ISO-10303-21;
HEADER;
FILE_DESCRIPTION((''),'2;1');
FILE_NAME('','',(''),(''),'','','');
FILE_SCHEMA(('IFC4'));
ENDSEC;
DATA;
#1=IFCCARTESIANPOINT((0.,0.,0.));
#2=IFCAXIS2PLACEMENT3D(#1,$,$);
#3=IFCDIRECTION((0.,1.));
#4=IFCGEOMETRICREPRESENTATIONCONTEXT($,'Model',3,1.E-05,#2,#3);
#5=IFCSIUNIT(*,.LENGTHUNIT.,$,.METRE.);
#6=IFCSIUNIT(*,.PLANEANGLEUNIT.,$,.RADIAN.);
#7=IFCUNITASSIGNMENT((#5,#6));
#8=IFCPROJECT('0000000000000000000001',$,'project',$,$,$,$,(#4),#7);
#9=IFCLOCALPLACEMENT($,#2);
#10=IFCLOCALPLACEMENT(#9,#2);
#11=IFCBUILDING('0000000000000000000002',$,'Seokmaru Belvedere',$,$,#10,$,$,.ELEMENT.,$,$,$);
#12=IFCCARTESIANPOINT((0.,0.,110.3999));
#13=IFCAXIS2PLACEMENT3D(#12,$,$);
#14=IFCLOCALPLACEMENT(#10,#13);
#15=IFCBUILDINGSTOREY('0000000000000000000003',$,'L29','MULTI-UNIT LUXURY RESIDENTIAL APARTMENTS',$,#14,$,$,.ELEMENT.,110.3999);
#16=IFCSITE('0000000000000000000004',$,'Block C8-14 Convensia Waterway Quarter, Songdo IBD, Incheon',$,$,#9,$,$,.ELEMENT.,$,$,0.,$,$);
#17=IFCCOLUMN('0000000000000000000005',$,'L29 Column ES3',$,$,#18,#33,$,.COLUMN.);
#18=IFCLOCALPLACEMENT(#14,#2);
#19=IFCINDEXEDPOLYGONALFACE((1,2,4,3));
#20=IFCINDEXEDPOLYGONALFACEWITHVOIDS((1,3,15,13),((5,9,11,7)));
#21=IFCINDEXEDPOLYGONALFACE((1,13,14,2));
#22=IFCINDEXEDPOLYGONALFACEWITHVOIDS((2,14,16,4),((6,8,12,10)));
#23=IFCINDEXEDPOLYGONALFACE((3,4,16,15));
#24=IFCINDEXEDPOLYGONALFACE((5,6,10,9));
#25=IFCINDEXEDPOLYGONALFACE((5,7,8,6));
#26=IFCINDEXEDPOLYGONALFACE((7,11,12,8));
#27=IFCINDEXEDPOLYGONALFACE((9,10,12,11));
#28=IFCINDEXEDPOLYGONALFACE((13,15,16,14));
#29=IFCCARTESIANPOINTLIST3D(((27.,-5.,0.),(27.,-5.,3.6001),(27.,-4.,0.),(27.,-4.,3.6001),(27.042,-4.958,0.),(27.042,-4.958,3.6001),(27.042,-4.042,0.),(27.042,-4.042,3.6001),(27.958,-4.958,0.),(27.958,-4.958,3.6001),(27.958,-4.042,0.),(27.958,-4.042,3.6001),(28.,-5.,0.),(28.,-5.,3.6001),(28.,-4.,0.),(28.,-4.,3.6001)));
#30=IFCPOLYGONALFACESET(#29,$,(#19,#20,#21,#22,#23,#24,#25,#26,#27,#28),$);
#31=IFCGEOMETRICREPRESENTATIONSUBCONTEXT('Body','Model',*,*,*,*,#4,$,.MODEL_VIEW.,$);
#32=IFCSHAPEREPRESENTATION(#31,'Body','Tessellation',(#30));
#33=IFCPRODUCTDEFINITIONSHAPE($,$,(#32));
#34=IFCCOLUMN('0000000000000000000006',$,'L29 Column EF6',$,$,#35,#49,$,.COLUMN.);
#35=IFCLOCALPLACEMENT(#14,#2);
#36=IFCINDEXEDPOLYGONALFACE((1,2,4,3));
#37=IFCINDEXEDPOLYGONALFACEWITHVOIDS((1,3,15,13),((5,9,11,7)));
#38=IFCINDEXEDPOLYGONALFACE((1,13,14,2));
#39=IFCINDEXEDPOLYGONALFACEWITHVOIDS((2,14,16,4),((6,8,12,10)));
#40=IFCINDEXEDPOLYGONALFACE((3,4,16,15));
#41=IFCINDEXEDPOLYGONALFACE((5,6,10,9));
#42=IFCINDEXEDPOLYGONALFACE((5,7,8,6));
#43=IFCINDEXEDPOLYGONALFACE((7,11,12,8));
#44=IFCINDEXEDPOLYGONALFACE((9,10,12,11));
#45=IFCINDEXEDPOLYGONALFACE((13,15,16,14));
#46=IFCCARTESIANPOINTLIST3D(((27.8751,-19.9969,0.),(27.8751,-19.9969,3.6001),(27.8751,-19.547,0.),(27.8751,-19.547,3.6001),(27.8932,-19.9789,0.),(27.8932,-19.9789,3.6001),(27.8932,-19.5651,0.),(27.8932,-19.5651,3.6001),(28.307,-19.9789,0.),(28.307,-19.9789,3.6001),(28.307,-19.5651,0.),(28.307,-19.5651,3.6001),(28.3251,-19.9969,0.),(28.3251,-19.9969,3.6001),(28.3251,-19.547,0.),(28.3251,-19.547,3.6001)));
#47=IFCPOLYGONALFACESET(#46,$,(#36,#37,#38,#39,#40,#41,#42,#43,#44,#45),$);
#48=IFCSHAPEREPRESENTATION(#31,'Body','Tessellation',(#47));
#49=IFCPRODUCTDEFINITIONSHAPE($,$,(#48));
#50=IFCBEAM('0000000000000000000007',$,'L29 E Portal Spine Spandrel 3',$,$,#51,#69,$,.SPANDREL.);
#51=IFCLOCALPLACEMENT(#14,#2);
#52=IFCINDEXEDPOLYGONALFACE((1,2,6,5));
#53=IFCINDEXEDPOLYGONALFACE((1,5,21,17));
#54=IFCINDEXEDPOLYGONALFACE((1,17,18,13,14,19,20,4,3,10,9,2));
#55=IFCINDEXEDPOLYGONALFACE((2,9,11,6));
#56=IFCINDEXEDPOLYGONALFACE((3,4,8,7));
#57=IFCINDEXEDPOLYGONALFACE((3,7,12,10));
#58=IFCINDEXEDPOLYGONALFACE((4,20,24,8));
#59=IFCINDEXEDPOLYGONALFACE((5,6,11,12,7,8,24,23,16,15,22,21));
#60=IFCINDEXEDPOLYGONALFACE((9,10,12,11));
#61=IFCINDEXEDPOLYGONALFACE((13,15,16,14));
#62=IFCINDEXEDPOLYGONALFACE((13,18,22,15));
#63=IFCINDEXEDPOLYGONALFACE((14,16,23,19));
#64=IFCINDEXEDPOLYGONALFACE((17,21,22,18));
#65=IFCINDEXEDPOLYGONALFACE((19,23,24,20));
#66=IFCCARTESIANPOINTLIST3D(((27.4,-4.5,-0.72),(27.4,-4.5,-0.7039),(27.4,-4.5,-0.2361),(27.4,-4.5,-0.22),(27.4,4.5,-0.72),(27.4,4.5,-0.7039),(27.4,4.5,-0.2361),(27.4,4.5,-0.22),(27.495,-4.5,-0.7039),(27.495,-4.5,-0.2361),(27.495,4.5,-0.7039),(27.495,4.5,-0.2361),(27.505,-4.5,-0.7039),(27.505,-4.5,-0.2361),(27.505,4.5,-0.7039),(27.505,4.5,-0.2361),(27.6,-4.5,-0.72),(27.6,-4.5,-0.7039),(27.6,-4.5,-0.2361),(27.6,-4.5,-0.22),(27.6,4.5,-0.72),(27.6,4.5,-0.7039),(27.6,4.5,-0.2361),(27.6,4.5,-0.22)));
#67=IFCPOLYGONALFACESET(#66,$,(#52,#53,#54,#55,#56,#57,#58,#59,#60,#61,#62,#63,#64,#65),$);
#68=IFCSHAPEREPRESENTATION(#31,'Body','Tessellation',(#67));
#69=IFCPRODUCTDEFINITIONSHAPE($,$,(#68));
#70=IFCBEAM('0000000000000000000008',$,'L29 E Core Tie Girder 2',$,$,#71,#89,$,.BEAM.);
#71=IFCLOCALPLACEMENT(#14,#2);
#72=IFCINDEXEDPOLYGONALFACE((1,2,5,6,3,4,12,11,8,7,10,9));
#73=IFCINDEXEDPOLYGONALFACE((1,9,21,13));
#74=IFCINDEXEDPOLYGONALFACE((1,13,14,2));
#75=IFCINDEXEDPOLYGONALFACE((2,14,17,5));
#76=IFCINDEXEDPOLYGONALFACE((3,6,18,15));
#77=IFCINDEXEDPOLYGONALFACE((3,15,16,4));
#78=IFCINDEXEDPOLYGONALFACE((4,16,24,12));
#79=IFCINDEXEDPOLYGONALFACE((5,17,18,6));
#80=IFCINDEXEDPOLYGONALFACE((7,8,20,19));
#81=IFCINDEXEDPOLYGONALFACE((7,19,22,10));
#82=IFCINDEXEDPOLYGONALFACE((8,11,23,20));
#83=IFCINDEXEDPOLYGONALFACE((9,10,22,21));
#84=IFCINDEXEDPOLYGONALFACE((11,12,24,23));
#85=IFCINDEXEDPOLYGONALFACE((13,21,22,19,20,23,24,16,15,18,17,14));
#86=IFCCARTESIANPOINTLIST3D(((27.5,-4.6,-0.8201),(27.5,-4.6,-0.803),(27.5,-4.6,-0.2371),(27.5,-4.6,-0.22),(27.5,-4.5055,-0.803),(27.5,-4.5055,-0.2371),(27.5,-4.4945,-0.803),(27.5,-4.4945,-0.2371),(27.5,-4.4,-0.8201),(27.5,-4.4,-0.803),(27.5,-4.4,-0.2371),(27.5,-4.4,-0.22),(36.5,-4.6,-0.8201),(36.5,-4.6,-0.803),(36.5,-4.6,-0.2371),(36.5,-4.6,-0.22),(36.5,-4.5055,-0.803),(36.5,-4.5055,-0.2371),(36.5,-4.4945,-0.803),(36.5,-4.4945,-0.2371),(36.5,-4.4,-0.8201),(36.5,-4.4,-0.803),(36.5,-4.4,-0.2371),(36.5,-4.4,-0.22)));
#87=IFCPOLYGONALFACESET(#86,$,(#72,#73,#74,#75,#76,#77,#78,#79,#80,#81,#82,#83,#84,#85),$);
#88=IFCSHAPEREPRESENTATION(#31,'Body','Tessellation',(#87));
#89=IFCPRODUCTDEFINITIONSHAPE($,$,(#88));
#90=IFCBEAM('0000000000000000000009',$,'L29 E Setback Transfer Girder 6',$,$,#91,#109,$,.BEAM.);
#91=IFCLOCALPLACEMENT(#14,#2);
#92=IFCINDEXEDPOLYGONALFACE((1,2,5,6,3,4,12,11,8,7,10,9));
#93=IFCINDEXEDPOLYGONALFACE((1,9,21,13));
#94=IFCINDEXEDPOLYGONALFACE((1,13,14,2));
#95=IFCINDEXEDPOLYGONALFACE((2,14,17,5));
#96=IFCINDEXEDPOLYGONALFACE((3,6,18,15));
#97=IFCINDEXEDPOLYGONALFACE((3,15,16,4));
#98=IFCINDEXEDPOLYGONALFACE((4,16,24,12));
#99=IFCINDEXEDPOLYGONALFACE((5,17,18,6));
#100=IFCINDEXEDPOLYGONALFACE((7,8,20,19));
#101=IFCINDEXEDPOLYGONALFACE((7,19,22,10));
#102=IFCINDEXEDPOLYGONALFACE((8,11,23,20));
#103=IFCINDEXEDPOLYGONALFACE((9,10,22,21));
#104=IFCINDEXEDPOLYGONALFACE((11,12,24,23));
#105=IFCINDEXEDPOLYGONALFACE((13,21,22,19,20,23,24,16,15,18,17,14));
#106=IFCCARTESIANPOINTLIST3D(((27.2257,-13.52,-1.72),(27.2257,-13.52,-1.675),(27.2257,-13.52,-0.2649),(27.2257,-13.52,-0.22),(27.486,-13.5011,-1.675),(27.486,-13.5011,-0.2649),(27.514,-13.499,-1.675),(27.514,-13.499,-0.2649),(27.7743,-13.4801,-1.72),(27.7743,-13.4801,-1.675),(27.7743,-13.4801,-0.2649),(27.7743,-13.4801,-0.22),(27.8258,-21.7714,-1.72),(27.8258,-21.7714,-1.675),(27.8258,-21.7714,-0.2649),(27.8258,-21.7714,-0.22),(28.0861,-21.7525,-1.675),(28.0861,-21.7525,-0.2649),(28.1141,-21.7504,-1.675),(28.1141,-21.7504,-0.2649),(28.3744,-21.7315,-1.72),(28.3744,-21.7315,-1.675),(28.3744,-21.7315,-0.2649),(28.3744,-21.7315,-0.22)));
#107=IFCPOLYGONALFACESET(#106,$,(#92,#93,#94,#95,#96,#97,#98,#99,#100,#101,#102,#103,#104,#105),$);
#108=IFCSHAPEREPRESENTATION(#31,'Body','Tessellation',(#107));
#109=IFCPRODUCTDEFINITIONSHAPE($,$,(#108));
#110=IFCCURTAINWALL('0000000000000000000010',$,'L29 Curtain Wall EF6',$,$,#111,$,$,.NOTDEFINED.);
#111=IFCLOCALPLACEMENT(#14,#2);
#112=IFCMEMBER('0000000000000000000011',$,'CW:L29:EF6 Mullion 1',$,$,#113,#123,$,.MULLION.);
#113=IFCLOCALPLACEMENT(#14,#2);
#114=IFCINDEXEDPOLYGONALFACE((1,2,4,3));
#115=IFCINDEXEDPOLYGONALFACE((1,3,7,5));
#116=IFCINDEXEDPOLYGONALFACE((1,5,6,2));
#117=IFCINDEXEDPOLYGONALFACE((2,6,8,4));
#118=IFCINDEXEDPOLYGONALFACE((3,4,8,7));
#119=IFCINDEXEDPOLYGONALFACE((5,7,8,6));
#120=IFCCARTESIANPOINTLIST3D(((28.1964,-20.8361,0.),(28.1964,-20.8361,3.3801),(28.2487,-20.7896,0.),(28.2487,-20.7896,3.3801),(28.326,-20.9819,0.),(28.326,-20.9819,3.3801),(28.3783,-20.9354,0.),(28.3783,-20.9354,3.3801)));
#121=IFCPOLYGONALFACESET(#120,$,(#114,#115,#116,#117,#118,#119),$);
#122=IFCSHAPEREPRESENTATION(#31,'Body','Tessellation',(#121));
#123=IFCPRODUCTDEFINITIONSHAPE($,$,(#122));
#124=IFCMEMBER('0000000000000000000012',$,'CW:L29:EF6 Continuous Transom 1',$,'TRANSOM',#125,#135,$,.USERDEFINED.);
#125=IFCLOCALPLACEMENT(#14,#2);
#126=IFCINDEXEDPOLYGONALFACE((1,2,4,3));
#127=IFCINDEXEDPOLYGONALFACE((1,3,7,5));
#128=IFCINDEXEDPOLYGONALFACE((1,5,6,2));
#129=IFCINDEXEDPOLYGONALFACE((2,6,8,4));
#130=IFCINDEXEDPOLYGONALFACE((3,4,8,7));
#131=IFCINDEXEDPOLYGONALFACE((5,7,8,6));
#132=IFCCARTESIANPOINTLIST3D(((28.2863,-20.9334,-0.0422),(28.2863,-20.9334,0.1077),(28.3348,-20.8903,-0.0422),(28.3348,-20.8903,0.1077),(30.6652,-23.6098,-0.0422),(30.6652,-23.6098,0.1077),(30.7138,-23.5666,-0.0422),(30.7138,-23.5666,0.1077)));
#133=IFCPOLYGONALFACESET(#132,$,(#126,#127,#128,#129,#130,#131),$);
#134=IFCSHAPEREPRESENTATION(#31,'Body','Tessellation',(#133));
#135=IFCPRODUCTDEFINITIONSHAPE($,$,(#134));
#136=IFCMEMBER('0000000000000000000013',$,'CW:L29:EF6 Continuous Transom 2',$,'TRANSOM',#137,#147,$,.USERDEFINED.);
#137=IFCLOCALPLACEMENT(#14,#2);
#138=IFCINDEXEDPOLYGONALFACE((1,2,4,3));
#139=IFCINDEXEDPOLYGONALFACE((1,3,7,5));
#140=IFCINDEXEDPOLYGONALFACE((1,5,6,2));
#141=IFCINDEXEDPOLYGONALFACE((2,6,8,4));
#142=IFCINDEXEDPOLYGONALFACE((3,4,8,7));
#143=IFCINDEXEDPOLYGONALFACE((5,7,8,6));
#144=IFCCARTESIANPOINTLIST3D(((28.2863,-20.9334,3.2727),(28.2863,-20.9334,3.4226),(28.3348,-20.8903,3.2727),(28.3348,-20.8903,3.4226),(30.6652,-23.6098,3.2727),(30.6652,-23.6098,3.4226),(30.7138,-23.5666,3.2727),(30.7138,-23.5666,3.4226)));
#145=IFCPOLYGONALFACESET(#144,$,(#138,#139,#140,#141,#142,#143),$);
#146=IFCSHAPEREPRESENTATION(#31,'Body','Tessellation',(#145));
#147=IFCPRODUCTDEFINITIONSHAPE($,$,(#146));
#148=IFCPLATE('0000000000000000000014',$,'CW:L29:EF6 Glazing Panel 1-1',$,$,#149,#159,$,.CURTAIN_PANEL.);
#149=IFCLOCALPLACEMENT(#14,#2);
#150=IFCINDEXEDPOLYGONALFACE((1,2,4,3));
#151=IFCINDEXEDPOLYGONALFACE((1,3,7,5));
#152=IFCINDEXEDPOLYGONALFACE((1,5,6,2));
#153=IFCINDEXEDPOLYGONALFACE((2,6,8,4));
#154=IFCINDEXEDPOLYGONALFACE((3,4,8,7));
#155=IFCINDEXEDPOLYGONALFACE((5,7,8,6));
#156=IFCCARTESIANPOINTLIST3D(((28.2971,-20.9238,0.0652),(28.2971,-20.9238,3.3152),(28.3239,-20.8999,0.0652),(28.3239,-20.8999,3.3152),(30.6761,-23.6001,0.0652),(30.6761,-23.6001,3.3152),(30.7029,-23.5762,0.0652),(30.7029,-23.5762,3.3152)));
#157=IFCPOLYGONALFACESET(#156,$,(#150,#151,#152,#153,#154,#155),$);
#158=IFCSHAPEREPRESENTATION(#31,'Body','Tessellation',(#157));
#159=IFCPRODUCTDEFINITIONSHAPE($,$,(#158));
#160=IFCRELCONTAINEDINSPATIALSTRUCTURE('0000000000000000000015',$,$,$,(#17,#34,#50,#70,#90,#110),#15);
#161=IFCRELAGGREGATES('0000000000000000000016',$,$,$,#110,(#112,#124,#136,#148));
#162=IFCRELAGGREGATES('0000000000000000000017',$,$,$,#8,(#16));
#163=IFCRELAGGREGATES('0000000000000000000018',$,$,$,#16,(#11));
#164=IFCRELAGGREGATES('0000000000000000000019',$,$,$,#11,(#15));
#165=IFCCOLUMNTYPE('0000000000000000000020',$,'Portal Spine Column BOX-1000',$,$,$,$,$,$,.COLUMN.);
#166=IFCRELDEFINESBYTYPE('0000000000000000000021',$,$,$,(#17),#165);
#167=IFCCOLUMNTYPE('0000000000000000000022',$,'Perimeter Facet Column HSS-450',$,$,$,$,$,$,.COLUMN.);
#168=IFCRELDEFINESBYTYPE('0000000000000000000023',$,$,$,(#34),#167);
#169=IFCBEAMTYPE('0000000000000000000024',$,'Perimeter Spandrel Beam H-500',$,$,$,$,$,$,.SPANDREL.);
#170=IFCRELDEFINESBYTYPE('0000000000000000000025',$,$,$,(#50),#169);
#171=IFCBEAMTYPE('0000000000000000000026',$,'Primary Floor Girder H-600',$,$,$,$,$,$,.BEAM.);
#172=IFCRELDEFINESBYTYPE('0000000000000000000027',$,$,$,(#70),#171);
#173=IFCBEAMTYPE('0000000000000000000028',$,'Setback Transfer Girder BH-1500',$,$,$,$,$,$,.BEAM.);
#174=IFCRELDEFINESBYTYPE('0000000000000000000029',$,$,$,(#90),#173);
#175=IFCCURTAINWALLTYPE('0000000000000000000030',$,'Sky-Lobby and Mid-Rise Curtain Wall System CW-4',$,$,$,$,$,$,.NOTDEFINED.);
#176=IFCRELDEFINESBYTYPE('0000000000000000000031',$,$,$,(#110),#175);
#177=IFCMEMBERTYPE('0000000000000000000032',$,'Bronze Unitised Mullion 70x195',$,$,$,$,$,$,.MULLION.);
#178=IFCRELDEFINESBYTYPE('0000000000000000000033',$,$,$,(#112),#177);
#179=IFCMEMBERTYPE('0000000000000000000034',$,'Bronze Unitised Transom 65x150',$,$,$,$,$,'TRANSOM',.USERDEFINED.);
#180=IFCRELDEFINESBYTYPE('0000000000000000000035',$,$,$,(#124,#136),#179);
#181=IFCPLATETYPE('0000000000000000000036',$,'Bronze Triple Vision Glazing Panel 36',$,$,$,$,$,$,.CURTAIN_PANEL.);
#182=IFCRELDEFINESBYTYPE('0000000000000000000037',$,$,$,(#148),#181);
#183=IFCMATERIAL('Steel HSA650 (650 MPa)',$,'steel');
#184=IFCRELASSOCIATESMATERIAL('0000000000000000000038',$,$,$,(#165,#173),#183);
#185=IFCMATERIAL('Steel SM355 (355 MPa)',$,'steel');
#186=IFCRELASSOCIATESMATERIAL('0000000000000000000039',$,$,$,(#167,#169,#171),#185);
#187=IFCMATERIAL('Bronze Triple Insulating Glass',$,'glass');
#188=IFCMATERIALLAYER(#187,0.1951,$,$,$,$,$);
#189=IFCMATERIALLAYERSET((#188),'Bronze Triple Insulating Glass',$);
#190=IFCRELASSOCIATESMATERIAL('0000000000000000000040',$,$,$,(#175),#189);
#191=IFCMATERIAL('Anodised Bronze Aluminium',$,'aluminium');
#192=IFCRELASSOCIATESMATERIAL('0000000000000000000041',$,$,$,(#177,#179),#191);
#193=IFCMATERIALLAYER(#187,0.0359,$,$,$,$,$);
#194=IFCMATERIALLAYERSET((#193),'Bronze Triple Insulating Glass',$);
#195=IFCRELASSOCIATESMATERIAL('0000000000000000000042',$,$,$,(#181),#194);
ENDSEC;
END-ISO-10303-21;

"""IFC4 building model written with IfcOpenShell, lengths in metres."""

from ifc_helpers import new_model, si_unit, direction, frame, origin, origin_2d, place, context, subcontext, project, spatial, rectangle, hollow_rectangle, i_section, extrude, source, transform, mapped, material, layer, layer_set, material_profile, profile_set, type_object, type_shapes, element, aggregate, save


model = new_model("IFC4")

# Units and contexts
model_context = context("Model", 3, precision=1e-05, world=origin(), true_north=direction((0.0, 1.0)))
body_context = subcontext(model_context, "Body", "Model", "MODEL_VIEW")
ifc_project = project(units=[si_unit("LENGTHUNIT", "METRE"), si_unit("PLANEANGLEUNIT", "RADIAN")], contexts=[model_context])

# Site, building, storey
site_placement = place(None, origin())
site = spatial("IfcSite", under=ifc_project, at=site_placement, Name="Block C8-14 Convensia Waterway Quarter, Songdo IBD, Incheon", CompositionType="ELEMENT", RefElevation=0.0)
building_placement = place(site_placement, origin())
building = spatial("IfcBuilding", under=site, at=building_placement, Name="Seokmaru Belvedere", CompositionType="ELEMENT")
storey_placement = place(building_placement, frame((0.0, 0.0, 110.3999)))
storey = spatial("IfcBuildingStorey", under=building, at=storey_placement, Name="L29", Description="MULTI-UNIT LUXURY RESIDENTIAL APARTMENTS", CompositionType="ELEMENT", Elevation=110.3999)

# Columns
ifc_material_1 = material(Name="Steel HSA650 (650 MPa)", Category="steel")
ifc_material_profile_1 = material_profile(ifc_material_1, hollow_rectangle(XDim=1.0, YDim=1.0, WallThickness=0.042, at=origin_2d()), Name="BOX-1000x1000x42")
ifc_profile_set_1 = profile_set([ifc_material_profile_1], Name="Steel HSA650 (650 MPa)")
column_type_1 = type_object("IfcColumnType", Name="Portal Spine Column BOX-1000", PredefinedType="COLUMN", material=ifc_profile_set_1)
shared_shape_1 = source(origin(), body_context, "Body", "SweptSolid", [
    extrude(hollow_rectangle(XDim=1.0, YDim=1.0, WallThickness=0.042, at=origin_2d()), origin(), (0.0, 0.0, 1.0), 3.6001),
])
type_shapes(column_type_1, [shared_shape_1])
column_1_placement = place(storey_placement, frame((27.5, -4.5, 0.0), z_axis=(0.0, 0.0, 1.0), x_axis=(1.0, 0.0, 0.0)))
element("IfcColumn", 1, at=column_1_placement, inside=storey, type_object=column_type_1, Name="L29 Column ES3", PredefinedType="COLUMN", context=body_context, shape_type="MappedRepresentation", body=[
    mapped(shared_shape_1, transform((0.0, 0.0, 0.0), scale=1.0)),
])
ifc_material_2 = material(Name="Steel SM355 (355 MPa)", Category="steel")
ifc_material_profile_2 = material_profile(ifc_material_2, hollow_rectangle(XDim=0.45, YDim=0.45, WallThickness=0.0181, at=origin_2d()), Name="HSS-450x450x18")
ifc_profile_set_2 = profile_set([ifc_material_profile_2], Name="Steel SM355 (355 MPa)")
column_type_2 = type_object("IfcColumnType", Name="Perimeter Facet Column HSS-450", PredefinedType="COLUMN", material=ifc_profile_set_2)
shared_shape_2 = source(origin(), body_context, "Body", "SweptSolid", [
    extrude(hollow_rectangle(XDim=0.45, YDim=0.45, WallThickness=0.0181, at=origin_2d()), origin(), (0.0, 0.0, 1.0), 3.6001),
])
type_shapes(column_type_2, [shared_shape_2])
column_2_placement = place(storey_placement, frame((28.1001, -19.772, 0.0), z_axis=(0.0, 0.0, 1.0), x_axis=(1.0, 0.0, 0.0)))
element("IfcColumn", 2, at=column_2_placement, inside=storey, type_object=column_type_2, Name="L29 Column EF6", PredefinedType="COLUMN", context=body_context, shape_type="MappedRepresentation", body=[
    mapped(shared_shape_2, transform((0.0, 0.0, 0.0), scale=1.0)),
])

# Beams
ifc_material_profile_3 = material_profile(ifc_material_2, i_section(OverallWidth=0.2, OverallDepth=0.5, WebThickness=0.01, FlangeThickness=0.0161, at=origin_2d()), Name="H-500x200x10x16")
ifc_profile_set_3 = profile_set([ifc_material_profile_3], Name="Steel SM355 (355 MPa)")
beam_type_1 = type_object("IfcBeamType", Name="Perimeter Spandrel Beam H-500", PredefinedType="SPANDREL", material=ifc_profile_set_3)
shared_shape_3 = source(origin(), body_context, "Body", "SweptSolid", [
    extrude(i_section(OverallWidth=0.2, OverallDepth=0.5, WebThickness=0.01, FlangeThickness=0.0161, at=origin_2d()), origin(), (0.0, 0.0, 1.0), 9.0),
])
type_shapes(beam_type_1, [shared_shape_3])
beam_1_placement = place(storey_placement, frame((27.5, -4.5, -0.47), z_axis=(0.0, 1.0, 0.0), x_axis=(-1.0, 0.0, 0.0)))
element("IfcBeam", 3, at=beam_1_placement, inside=storey, type_object=beam_type_1, Name="L29 E Portal Spine Spandrel 3", PredefinedType="SPANDREL", context=body_context, shape_type="MappedRepresentation", body=[
    mapped(shared_shape_3, transform((0.0, 0.0, 0.0), scale=1.0)),
])
ifc_material_profile_4 = material_profile(ifc_material_2, i_section(OverallWidth=0.2, OverallDepth=0.6001, WebThickness=0.011, FlangeThickness=0.0171, at=origin_2d()), Name="H-600x200x11x17")
ifc_profile_set_4 = profile_set([ifc_material_profile_4], Name="Steel SM355 (355 MPa)")
beam_type_2 = type_object("IfcBeamType", Name="Primary Floor Girder H-600", PredefinedType="BEAM", material=ifc_profile_set_4)
shared_shape_4 = source(origin(), body_context, "Body", "SweptSolid", [
    extrude(i_section(OverallWidth=0.2, OverallDepth=0.6001, WebThickness=0.011, FlangeThickness=0.0171, at=origin_2d()), origin(), (0.0, 0.0, 1.0), 9.0),
])
type_shapes(beam_type_2, [shared_shape_4])
beam_2_placement = place(storey_placement, frame((27.5, -4.5, -0.52), z_axis=(1.0, 0.0, 0.0), x_axis=(0.0, 1.0, 0.0)))
element("IfcBeam", 4, at=beam_2_placement, inside=storey, type_object=beam_type_2, Name="L29 E Core Tie Girder 2", PredefinedType="BEAM", context=body_context, shape_type="MappedRepresentation", body=[
    mapped(shared_shape_4, transform((0.0, 0.0, 0.0), scale=1.0)),
])
ifc_material_profile_5 = material_profile(ifc_material_1, i_section(OverallWidth=0.55, OverallDepth=1.5, WebThickness=0.0281, FlangeThickness=0.0449, at=origin_2d()), Name="BH-1500x550x28x45")
ifc_profile_set_5 = profile_set([ifc_material_profile_5], Name="Steel HSA650 (650 MPa)")
beam_type_3 = type_object("IfcBeamType", Name="Setback Transfer Girder BH-1500", PredefinedType="BEAM", material=ifc_profile_set_5)
shared_shape_5 = source(origin(), body_context, "Body", "SweptSolid", [
    extrude(i_section(OverallWidth=0.55, OverallDepth=1.5, WebThickness=0.0281, FlangeThickness=0.0449, at=origin_2d()), origin(), (0.0, 0.0, 1.0), 8.2732),
])
type_shapes(beam_type_3, [shared_shape_5])
beam_3_placement = place(storey_placement, frame((28.1001, -21.7515, -0.97), z_axis=(-0.072535, 0.997366, 0.0), x_axis=(-0.997366, -0.072535, 0.0)))
element("IfcBeam", 5, at=beam_3_placement, inside=storey, type_object=beam_type_3, Name="L29 E Setback Transfer Girder 6", PredefinedType="BEAM", context=body_context, shape_type="MappedRepresentation", body=[
    mapped(shared_shape_5, transform((0.0, 0.0, 0.0), scale=1.0)),
])

# Curtain wall, members, plate
ifc_material_3 = material(Name="Bronze Triple Insulating Glass", Category="glass")
ifc_layer_1 = layer(ifc_material_3, 0.1951)
ifc_layer_set_1 = layer_set([ifc_layer_1], Name="Bronze Triple Insulating Glass")
curtain_wall_type = type_object("IfcCurtainWallType", Name="Sky-Lobby and Mid-Rise Curtain Wall System CW-4", PredefinedType="NOTDEFINED", material=ifc_layer_set_1)
curtain_wall_placement = place(storey_placement, origin())
curtain_wall = element("IfcCurtainWall", 6, at=curtain_wall_placement, inside=storey, type_object=curtain_wall_type, Name="L29 Curtain Wall EF6", PredefinedType="NOTDEFINED")
ifc_material_4 = material(Name="Anodised Bronze Aluminium", Category="aluminium")
ifc_material_profile_6 = material_profile(ifc_material_4, rectangle(XDim=0.0701, YDim=0.1951, at=origin_2d()), Name="CW-M-70x195")
ifc_profile_set_6 = profile_set([ifc_material_profile_6], Name="Anodised Bronze Aluminium")
member_type_1 = type_object("IfcMemberType", Name="Bronze Unitised Mullion 70x195", PredefinedType="MULLION", material=ifc_profile_set_6)
shared_shape_6 = source(origin(), body_context, "Body", "SweptSolid", [
    extrude(rectangle(XDim=0.0701, YDim=0.1951, at=origin_2d()), origin(), (0.0, 0.0, 1.0), 3.3801),
])
type_shapes(member_type_1, [shared_shape_6])
member_1_placement = place(storey_placement, frame((28.2874, -20.8857, 0.0), z_axis=(0.0, 0.0, 1.0), x_axis=(0.74741, 0.664363, 0.0)))
member_1 = element("IfcMember", 7, at=member_1_placement, type_object=member_type_1, Name="CW:L29:EF6 Mullion 1", PredefinedType="MULLION", context=body_context, shape_type="MappedRepresentation", body=[
    mapped(shared_shape_6, transform((0.0, 0.0, 0.0), scale=1.0)),
])
ifc_material_profile_7 = material_profile(ifc_material_4, rectangle(XDim=0.0649, YDim=0.1499, at=origin_2d()), Name="CW-T-65x150")
ifc_profile_set_7 = profile_set([ifc_material_profile_7], Name="Anodised Bronze Aluminium")
member_type_2 = type_object("IfcMemberType", Name="Bronze Unitised Transom 65x150", ElementType="TRANSOM", PredefinedType="USERDEFINED", material=ifc_profile_set_7)
shared_shape_7 = source(origin(), body_context, "Body", "SweptSolid", [
    extrude(rectangle(XDim=0.0649, YDim=0.1499, at=origin_2d()), origin(), (0.0, 0.0, 1.0), 3.5808),
])
type_shapes(member_type_2, [shared_shape_7])
member_2_placement = place(storey_placement, frame((28.3105, -20.9119, 0.0327), z_axis=(0.664364, -0.747409, 0.0), x_axis=(0.747409, 0.664364, 0.0)))
member_2 = element("IfcMember", 8, at=member_2_placement, type_object=member_type_2, Name="CW:L29:EF6 Continuous Transom 1", ObjectType="TRANSOM", PredefinedType="USERDEFINED", context=body_context, shape_type="MappedRepresentation", body=[
    mapped(shared_shape_7, transform((0.0, 0.0, 0.0), scale=1.0)),
])
member_3_placement = place(storey_placement, frame((28.3105, -20.9119, 3.3477), z_axis=(0.664364, -0.747409, 0.0), x_axis=(0.747409, 0.664364, 0.0)))
member_3 = element("IfcMember", 9, at=member_3_placement, type_object=member_type_2, Name="CW:L29:EF6 Continuous Transom 2", ObjectType="TRANSOM", PredefinedType="USERDEFINED", context=body_context, shape_type="MappedRepresentation", body=[
    mapped(shared_shape_7, transform((0.0, 0.0, 0.0), scale=1.0)),
])
ifc_layer_2 = layer(ifc_material_3, 0.0359)
ifc_layer_set_2 = layer_set([ifc_layer_2], Name="Bronze Triple Insulating Glass")
plate_type = type_object("IfcPlateType", Name="Bronze Triple Vision Glazing Panel 36", PredefinedType="CURTAIN_PANEL", material=ifc_layer_set_2)
shared_shape_8 = source(origin(), body_context, "Body", "SweptSolid", [
    extrude(rectangle(XDim=3.5808, YDim=0.0359, at=origin_2d()), origin(), (0.0, 0.0, 1.0), 3.25),
])
type_shapes(plate_type, [shared_shape_8])
plate_placement = place(storey_placement, frame((29.5, -22.25, 0.0652), z_axis=(0.0, 0.0, 1.0), x_axis=(0.664363, -0.74741, 0.0)))
plate = element("IfcPlate", 10, at=plate_placement, type_object=plate_type, Name="CW:L29:EF6 Glazing Panel 1-1", PredefinedType="CURTAIN_PANEL", context=body_context, shape_type="MappedRepresentation", body=[
    mapped(shared_shape_8, transform((0.0, 0.0, 0.0), scale=1.0)),
])
aggregate(curtain_wall, [member_1, member_2, member_3, plate])

save(model, "model.ifc")
